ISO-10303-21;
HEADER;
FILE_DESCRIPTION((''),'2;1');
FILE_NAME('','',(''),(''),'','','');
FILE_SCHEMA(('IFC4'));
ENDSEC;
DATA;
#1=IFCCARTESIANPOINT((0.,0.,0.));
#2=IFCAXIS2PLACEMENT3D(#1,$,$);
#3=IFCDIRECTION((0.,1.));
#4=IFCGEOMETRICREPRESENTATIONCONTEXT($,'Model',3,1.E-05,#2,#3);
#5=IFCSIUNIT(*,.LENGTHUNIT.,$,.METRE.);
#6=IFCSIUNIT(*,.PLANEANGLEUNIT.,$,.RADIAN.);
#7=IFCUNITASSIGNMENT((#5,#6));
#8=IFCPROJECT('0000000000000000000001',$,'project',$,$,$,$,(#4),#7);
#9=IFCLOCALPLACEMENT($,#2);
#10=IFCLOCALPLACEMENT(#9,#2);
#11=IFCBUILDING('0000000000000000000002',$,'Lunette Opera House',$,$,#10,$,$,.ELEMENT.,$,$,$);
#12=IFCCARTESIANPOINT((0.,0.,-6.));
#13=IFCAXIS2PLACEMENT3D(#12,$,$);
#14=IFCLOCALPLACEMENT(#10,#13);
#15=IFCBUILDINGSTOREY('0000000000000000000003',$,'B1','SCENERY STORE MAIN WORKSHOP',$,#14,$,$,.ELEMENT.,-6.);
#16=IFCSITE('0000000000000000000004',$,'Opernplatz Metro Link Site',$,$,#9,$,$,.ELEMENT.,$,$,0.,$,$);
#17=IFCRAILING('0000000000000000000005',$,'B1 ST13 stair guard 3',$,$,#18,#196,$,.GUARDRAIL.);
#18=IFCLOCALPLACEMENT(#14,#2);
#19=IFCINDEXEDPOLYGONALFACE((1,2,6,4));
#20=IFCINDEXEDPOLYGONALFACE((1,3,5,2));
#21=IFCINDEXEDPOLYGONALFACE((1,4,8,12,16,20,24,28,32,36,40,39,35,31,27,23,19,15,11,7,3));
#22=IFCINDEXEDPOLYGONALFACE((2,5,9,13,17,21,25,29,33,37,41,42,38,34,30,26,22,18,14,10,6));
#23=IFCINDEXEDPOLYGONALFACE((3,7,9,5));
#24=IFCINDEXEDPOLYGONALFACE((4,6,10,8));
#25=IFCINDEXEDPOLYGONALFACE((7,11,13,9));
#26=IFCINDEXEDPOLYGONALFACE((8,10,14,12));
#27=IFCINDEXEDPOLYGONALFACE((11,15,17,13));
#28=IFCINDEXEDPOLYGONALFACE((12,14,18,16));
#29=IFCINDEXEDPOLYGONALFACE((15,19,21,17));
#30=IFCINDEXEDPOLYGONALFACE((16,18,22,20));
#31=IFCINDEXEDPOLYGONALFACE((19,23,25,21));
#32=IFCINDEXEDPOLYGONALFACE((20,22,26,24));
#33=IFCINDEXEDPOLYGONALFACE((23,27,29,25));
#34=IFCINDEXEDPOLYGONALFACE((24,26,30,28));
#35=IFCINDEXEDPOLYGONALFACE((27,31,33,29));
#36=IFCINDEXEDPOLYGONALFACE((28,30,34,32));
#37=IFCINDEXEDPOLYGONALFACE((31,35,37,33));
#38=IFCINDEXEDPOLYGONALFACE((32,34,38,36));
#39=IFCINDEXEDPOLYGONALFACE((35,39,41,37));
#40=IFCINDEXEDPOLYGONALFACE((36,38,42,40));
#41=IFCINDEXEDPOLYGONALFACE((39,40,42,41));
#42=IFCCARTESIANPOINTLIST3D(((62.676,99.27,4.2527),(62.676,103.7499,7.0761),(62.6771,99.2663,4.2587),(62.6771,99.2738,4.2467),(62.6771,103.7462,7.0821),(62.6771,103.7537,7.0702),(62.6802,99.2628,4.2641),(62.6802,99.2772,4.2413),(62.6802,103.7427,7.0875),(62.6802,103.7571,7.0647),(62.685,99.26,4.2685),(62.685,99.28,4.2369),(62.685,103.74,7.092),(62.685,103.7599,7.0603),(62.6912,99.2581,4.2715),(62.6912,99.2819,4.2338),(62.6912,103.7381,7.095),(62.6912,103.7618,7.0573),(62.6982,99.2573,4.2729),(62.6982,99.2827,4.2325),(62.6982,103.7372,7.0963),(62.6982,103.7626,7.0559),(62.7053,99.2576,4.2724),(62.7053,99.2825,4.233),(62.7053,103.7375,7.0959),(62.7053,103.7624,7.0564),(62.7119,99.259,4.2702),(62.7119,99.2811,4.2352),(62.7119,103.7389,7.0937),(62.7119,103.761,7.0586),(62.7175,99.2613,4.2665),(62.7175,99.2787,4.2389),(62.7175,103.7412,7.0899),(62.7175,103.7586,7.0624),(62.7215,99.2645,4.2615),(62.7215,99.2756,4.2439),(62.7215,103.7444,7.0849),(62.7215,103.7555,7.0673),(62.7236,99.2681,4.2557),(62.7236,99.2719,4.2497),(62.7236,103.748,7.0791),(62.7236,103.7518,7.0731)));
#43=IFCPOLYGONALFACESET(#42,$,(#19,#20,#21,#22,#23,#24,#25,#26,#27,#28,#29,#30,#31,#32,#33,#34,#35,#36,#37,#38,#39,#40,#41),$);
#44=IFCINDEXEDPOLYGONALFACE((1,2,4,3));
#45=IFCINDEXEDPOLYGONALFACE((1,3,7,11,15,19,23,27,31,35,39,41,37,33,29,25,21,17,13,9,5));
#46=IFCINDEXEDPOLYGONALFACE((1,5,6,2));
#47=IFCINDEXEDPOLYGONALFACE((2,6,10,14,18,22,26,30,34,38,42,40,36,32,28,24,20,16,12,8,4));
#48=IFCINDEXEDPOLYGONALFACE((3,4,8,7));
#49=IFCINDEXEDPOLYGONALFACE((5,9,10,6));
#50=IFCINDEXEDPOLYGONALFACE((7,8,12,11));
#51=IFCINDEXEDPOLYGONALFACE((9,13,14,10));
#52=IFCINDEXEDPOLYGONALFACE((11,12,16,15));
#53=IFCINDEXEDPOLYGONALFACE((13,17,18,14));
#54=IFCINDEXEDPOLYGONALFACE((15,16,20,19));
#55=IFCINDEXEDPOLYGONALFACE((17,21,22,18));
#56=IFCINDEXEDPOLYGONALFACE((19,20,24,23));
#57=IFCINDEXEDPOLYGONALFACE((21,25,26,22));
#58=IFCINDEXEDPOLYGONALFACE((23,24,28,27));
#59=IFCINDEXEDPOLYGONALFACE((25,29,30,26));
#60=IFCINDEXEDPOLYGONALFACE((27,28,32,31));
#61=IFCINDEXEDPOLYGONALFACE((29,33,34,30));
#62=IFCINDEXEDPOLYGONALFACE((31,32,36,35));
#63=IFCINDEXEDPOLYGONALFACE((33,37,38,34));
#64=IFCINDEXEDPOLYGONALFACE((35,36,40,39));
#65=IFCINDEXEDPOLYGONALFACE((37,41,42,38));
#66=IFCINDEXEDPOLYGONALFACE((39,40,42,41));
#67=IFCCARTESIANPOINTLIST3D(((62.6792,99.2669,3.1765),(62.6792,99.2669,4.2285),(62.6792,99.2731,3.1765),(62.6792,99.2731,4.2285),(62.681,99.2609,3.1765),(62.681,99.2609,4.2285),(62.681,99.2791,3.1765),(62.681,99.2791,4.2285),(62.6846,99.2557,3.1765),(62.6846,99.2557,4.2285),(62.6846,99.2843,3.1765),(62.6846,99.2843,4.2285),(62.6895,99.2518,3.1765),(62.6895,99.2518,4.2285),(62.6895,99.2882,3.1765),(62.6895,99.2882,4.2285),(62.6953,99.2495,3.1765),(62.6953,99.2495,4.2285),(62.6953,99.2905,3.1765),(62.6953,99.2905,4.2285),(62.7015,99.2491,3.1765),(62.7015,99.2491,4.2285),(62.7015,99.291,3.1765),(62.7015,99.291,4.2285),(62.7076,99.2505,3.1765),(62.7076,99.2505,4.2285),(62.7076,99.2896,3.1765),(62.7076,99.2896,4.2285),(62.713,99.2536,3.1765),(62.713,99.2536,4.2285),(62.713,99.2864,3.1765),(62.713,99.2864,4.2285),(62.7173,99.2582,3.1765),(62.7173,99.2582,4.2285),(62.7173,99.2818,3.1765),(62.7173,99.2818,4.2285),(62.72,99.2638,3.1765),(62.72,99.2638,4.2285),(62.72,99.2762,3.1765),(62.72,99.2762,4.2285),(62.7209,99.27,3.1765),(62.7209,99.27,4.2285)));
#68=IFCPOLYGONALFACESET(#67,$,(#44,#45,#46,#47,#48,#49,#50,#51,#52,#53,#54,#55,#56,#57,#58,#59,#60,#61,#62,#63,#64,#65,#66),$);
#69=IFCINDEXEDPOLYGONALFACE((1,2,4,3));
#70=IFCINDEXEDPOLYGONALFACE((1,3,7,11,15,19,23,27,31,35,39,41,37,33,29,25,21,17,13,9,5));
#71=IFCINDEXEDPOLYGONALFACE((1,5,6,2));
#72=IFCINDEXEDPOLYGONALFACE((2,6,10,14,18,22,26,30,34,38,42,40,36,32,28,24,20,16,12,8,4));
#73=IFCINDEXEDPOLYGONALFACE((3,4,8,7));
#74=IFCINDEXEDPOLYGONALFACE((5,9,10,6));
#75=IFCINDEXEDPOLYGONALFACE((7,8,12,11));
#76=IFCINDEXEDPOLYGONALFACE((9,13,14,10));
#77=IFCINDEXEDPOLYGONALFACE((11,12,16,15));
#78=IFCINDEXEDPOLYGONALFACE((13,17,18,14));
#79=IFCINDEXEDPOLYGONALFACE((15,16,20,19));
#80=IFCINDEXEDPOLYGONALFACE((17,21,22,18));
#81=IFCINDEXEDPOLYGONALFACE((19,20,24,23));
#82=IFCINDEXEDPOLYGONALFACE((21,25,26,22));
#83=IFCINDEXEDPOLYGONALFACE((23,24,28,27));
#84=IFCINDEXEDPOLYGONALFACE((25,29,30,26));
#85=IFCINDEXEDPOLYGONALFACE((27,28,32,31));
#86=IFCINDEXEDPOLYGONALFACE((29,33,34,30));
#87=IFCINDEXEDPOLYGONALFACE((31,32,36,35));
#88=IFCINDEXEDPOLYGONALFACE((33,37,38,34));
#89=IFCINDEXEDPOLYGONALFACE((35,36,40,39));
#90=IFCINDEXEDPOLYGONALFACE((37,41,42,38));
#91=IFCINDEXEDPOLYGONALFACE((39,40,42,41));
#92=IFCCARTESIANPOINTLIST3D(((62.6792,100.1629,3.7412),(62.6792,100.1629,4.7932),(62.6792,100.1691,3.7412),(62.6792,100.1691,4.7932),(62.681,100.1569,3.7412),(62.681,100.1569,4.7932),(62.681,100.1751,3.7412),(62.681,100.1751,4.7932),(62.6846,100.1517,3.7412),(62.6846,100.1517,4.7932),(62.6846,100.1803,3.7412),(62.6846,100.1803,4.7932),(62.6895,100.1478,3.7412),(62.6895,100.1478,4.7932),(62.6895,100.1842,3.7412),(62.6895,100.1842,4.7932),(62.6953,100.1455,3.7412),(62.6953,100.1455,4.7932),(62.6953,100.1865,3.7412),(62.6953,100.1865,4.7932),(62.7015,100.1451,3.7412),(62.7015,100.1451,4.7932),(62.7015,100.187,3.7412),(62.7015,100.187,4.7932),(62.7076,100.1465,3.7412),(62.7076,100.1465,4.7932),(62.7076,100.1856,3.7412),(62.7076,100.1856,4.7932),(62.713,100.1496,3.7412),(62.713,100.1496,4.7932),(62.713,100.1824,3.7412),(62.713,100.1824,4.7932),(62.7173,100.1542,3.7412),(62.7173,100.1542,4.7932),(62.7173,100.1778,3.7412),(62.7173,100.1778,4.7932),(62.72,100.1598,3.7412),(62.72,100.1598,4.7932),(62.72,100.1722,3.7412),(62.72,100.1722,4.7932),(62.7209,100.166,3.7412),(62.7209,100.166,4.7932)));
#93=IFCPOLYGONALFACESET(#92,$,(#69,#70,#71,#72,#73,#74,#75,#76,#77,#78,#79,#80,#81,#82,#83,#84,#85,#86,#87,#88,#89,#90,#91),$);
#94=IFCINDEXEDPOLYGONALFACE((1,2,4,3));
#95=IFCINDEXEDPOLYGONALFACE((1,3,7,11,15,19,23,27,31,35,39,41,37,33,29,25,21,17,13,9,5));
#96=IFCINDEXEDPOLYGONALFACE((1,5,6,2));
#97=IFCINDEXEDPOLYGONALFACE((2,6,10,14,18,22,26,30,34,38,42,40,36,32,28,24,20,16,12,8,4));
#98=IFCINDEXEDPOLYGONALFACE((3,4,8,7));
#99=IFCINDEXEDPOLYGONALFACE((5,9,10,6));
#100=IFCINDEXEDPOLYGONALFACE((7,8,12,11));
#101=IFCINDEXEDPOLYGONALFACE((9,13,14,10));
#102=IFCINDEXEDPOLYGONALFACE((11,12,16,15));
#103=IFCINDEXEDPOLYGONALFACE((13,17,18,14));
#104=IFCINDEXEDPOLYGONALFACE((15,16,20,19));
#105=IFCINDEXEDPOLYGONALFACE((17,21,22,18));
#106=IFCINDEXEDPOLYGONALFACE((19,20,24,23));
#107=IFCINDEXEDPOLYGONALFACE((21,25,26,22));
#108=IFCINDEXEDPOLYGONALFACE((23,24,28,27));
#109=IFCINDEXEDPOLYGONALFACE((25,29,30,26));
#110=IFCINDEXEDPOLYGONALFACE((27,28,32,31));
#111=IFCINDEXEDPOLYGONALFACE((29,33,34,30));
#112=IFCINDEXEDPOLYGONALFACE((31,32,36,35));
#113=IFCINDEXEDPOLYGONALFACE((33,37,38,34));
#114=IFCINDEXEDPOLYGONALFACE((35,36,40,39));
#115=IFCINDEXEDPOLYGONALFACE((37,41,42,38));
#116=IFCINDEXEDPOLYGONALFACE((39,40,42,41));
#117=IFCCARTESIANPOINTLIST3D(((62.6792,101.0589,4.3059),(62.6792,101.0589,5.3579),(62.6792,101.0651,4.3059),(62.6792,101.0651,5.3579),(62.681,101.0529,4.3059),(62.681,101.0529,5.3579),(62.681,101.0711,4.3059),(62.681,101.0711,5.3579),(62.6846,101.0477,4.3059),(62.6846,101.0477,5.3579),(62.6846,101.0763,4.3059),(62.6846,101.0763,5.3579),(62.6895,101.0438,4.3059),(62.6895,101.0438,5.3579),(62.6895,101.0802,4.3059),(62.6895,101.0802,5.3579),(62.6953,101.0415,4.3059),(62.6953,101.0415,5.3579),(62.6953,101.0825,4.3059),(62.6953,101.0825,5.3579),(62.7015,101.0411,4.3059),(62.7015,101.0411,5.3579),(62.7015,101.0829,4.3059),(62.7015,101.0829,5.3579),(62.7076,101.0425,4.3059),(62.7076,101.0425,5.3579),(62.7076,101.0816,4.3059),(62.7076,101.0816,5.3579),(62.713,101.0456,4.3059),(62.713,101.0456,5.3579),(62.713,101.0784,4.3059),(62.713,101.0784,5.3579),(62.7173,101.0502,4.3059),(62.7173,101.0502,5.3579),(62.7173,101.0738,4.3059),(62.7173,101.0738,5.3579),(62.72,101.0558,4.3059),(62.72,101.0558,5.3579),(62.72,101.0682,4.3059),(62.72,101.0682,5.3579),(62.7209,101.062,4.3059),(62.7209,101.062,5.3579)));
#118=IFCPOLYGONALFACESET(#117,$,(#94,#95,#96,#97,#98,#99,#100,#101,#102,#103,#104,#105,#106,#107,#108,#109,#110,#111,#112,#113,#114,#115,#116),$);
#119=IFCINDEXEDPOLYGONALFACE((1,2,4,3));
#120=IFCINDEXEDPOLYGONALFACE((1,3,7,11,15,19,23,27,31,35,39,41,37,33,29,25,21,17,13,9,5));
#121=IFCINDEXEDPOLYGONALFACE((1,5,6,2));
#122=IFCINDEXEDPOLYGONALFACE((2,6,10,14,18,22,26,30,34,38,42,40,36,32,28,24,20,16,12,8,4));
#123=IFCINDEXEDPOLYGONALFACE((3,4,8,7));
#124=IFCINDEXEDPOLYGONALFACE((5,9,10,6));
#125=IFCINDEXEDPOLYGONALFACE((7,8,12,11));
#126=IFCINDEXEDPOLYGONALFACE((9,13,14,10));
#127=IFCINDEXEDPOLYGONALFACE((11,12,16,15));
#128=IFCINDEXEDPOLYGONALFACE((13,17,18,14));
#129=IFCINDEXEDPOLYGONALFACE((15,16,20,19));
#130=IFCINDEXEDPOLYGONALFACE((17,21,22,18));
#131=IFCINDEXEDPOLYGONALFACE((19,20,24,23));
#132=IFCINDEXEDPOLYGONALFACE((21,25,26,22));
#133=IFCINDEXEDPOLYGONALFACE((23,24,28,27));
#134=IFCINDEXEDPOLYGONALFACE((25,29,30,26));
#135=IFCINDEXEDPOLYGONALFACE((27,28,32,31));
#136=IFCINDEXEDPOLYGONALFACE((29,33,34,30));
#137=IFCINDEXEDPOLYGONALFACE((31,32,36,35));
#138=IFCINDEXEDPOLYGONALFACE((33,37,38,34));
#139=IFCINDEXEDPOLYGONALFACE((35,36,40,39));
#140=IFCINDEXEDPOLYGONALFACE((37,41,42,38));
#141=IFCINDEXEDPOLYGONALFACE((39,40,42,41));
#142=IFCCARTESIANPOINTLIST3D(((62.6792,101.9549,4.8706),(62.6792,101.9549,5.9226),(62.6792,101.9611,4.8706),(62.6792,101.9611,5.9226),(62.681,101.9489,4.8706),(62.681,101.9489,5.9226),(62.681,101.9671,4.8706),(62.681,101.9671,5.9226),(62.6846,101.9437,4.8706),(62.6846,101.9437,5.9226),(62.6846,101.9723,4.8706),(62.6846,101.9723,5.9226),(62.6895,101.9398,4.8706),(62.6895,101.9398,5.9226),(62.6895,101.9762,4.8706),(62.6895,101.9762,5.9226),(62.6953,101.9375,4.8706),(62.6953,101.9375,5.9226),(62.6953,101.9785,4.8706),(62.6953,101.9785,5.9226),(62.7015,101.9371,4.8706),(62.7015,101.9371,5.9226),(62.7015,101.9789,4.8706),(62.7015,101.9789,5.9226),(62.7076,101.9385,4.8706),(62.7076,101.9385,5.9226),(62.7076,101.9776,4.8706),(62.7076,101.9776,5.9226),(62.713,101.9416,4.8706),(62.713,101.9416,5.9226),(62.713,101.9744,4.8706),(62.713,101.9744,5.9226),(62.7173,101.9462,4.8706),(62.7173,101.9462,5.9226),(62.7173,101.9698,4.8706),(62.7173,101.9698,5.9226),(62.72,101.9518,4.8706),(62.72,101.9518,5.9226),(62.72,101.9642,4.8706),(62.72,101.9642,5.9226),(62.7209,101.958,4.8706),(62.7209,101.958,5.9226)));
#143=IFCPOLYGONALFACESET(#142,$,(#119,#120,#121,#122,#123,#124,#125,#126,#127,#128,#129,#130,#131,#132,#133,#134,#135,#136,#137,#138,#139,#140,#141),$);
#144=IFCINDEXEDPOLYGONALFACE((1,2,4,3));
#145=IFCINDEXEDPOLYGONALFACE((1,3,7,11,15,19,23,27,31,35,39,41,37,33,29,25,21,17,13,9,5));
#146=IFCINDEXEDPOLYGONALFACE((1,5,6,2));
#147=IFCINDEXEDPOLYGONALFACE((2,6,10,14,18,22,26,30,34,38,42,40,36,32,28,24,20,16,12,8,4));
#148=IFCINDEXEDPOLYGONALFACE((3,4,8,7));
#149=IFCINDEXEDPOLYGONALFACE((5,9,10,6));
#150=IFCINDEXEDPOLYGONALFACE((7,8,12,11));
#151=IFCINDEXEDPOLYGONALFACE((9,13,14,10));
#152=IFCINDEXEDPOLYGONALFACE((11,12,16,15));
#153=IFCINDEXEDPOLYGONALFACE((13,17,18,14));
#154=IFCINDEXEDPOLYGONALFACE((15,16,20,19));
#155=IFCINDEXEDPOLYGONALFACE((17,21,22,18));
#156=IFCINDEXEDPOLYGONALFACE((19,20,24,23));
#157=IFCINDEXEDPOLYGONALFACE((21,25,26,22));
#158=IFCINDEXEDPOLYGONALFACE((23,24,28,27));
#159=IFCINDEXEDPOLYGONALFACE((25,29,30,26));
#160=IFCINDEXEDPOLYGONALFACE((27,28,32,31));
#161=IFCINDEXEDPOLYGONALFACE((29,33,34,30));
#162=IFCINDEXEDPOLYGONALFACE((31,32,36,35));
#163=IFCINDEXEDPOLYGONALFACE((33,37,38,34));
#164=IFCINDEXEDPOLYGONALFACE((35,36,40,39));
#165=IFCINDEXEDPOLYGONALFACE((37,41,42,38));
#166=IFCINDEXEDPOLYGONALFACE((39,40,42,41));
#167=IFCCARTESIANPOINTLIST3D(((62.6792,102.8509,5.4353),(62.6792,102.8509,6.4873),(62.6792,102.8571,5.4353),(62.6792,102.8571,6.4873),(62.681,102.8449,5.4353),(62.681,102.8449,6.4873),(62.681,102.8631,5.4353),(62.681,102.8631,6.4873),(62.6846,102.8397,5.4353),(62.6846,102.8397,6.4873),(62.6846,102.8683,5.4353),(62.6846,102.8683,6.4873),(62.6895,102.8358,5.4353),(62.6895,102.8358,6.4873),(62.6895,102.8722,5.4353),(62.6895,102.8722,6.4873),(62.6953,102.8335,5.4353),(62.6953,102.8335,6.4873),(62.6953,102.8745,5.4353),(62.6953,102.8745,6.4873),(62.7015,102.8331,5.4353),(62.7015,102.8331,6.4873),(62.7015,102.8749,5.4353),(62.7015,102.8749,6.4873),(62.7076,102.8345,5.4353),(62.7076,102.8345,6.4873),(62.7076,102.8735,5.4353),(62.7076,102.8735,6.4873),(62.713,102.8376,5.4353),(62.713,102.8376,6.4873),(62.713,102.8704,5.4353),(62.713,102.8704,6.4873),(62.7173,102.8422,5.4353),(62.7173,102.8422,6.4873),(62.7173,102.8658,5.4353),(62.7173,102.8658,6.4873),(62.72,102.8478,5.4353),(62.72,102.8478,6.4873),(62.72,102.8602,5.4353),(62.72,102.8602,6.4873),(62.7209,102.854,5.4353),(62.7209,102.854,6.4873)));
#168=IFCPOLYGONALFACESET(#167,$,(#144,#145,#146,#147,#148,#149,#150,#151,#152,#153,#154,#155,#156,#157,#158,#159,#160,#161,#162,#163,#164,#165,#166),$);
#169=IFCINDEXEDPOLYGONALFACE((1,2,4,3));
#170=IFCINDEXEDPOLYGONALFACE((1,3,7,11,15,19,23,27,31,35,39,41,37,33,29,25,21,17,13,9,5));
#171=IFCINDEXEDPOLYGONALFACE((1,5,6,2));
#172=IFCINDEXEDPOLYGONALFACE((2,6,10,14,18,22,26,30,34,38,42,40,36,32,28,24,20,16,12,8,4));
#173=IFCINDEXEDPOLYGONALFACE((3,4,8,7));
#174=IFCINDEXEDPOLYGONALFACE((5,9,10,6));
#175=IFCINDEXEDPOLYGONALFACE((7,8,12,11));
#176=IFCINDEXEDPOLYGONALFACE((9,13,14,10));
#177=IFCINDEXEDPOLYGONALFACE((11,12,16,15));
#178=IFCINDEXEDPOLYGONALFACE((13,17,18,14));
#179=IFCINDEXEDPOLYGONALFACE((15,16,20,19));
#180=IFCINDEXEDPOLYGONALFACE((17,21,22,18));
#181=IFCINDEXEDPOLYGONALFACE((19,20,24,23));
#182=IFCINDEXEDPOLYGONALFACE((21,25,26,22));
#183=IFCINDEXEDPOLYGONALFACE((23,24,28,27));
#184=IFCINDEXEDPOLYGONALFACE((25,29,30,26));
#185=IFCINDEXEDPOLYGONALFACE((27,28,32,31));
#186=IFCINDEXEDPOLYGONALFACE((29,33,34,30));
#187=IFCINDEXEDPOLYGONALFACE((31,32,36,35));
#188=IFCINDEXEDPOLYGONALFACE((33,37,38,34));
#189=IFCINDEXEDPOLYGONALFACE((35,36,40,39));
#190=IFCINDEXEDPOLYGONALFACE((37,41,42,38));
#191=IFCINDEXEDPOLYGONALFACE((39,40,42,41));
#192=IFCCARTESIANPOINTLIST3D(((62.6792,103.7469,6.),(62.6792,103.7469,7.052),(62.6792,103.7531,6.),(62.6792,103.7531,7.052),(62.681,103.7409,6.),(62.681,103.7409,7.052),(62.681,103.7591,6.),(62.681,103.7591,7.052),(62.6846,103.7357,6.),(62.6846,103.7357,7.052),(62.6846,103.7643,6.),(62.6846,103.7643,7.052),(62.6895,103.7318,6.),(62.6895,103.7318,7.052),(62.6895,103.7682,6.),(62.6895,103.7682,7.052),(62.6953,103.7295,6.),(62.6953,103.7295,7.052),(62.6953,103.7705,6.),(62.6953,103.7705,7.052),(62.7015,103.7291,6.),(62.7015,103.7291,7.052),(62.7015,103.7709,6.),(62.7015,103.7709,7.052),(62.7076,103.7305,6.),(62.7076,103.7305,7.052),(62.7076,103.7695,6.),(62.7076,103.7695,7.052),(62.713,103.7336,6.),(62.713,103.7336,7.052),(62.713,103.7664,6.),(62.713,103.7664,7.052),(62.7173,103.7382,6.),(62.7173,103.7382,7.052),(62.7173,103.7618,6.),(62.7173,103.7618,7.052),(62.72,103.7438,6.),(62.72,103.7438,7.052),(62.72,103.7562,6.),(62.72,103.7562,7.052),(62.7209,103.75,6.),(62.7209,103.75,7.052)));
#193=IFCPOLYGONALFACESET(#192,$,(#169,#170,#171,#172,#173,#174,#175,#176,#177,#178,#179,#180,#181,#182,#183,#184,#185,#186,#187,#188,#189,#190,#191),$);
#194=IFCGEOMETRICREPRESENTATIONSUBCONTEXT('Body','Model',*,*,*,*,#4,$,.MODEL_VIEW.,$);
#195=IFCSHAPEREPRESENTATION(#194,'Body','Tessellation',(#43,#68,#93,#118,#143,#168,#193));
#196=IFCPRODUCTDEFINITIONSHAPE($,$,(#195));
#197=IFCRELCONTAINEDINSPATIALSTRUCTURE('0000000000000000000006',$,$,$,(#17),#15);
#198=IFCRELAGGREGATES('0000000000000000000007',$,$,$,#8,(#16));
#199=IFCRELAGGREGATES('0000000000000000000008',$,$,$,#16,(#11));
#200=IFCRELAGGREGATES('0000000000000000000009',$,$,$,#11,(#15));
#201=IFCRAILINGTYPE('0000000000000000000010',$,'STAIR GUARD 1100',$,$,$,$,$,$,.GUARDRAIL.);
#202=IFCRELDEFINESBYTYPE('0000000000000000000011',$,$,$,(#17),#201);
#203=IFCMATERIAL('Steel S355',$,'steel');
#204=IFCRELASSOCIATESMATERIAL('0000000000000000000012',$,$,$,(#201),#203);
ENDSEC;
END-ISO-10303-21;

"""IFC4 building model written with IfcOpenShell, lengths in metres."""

from ifc_helpers import new_model, si_unit, direction, frame, origin, origin_2d, place, context, subcontext, project, spatial, circle, extrude, material, type_object, element, save


model = new_model("IFC4")

# Units and contexts
model_context = context("Model", 3, precision=1e-05, world=origin(), true_north=direction((0.0, 1.0)))
body_context = subcontext(model_context, "Body", "Model", "MODEL_VIEW")
ifc_project = project(units=[si_unit("LENGTHUNIT", "METRE"), si_unit("PLANEANGLEUNIT", "RADIAN")], contexts=[model_context])

# Site, building, storey
site_placement = place(None, origin())
site = spatial("IfcSite", under=ifc_project, at=site_placement, Name="Opernplatz Metro Link Site", CompositionType="ELEMENT", RefElevation=0.0)
building_placement = place(site_placement, origin())
building = spatial("IfcBuilding", under=site, at=building_placement, Name="Lunette Opera House", CompositionType="ELEMENT")
storey_placement = place(building_placement, frame((0.0, 0.0, -6.0)))
storey = spatial("IfcBuildingStorey", under=building, at=storey_placement, Name="B1", Description="SCENERY STORE MAIN WORKSHOP", CompositionType="ELEMENT", Elevation=-6.0)

# Railing
ifc_material_1 = material(Name="Steel S355", Category="steel")
railing_type_1 = type_object("IfcRailingType", Name="STAIR GUARD 1100", PredefinedType="GUARDRAIL", material=ifc_material_1)
railing_1_placement = place(storey_placement, frame((62.7, 99.27, 3.1765)))
element("IfcRailing", 1, at=railing_1_placement, inside=storey, type_object=railing_type_1, Name="B1 ST13 stair guard 3", PredefinedType="GUARDRAIL", context=body_context, shape_type="SweptSolid", body=[
    extrude(circle(Radius=0.0239, at=origin_2d()), frame((0.0, 0.0, 1.0762), z_axis=(0.0, 0.845998, 0.533186), x_axis=(-1.0, 0.0, 0.0)), (0.0, 0.0, 1.0), 5.2954),
    extrude(circle(Radius=0.021, at=origin_2d()), origin(), (0.0, 0.0, 1.0), 1.052),
    extrude(circle(Radius=0.021, at=origin_2d()), frame((0.0, 0.896, 0.5647)), (0.0, 0.0, 1.0), 1.052),
    extrude(circle(Radius=0.021, at=origin_2d()), frame((0.0, 1.792, 1.1294)), (0.0, 0.0, 1.0), 1.052),
    extrude(circle(Radius=0.021, at=origin_2d()), frame((0.0, 2.688, 1.6941)), (0.0, 0.0, 1.0), 1.052),
    extrude(circle(Radius=0.021, at=origin_2d()), frame((0.0, 3.584, 2.2588)), (0.0, 0.0, 1.0), 1.052),
    extrude(circle(Radius=0.021, at=origin_2d()), frame((0.0, 4.48, 2.8235)), (0.0, 0.0, 1.0), 1.052),
])

save(model, "model.ifc")
